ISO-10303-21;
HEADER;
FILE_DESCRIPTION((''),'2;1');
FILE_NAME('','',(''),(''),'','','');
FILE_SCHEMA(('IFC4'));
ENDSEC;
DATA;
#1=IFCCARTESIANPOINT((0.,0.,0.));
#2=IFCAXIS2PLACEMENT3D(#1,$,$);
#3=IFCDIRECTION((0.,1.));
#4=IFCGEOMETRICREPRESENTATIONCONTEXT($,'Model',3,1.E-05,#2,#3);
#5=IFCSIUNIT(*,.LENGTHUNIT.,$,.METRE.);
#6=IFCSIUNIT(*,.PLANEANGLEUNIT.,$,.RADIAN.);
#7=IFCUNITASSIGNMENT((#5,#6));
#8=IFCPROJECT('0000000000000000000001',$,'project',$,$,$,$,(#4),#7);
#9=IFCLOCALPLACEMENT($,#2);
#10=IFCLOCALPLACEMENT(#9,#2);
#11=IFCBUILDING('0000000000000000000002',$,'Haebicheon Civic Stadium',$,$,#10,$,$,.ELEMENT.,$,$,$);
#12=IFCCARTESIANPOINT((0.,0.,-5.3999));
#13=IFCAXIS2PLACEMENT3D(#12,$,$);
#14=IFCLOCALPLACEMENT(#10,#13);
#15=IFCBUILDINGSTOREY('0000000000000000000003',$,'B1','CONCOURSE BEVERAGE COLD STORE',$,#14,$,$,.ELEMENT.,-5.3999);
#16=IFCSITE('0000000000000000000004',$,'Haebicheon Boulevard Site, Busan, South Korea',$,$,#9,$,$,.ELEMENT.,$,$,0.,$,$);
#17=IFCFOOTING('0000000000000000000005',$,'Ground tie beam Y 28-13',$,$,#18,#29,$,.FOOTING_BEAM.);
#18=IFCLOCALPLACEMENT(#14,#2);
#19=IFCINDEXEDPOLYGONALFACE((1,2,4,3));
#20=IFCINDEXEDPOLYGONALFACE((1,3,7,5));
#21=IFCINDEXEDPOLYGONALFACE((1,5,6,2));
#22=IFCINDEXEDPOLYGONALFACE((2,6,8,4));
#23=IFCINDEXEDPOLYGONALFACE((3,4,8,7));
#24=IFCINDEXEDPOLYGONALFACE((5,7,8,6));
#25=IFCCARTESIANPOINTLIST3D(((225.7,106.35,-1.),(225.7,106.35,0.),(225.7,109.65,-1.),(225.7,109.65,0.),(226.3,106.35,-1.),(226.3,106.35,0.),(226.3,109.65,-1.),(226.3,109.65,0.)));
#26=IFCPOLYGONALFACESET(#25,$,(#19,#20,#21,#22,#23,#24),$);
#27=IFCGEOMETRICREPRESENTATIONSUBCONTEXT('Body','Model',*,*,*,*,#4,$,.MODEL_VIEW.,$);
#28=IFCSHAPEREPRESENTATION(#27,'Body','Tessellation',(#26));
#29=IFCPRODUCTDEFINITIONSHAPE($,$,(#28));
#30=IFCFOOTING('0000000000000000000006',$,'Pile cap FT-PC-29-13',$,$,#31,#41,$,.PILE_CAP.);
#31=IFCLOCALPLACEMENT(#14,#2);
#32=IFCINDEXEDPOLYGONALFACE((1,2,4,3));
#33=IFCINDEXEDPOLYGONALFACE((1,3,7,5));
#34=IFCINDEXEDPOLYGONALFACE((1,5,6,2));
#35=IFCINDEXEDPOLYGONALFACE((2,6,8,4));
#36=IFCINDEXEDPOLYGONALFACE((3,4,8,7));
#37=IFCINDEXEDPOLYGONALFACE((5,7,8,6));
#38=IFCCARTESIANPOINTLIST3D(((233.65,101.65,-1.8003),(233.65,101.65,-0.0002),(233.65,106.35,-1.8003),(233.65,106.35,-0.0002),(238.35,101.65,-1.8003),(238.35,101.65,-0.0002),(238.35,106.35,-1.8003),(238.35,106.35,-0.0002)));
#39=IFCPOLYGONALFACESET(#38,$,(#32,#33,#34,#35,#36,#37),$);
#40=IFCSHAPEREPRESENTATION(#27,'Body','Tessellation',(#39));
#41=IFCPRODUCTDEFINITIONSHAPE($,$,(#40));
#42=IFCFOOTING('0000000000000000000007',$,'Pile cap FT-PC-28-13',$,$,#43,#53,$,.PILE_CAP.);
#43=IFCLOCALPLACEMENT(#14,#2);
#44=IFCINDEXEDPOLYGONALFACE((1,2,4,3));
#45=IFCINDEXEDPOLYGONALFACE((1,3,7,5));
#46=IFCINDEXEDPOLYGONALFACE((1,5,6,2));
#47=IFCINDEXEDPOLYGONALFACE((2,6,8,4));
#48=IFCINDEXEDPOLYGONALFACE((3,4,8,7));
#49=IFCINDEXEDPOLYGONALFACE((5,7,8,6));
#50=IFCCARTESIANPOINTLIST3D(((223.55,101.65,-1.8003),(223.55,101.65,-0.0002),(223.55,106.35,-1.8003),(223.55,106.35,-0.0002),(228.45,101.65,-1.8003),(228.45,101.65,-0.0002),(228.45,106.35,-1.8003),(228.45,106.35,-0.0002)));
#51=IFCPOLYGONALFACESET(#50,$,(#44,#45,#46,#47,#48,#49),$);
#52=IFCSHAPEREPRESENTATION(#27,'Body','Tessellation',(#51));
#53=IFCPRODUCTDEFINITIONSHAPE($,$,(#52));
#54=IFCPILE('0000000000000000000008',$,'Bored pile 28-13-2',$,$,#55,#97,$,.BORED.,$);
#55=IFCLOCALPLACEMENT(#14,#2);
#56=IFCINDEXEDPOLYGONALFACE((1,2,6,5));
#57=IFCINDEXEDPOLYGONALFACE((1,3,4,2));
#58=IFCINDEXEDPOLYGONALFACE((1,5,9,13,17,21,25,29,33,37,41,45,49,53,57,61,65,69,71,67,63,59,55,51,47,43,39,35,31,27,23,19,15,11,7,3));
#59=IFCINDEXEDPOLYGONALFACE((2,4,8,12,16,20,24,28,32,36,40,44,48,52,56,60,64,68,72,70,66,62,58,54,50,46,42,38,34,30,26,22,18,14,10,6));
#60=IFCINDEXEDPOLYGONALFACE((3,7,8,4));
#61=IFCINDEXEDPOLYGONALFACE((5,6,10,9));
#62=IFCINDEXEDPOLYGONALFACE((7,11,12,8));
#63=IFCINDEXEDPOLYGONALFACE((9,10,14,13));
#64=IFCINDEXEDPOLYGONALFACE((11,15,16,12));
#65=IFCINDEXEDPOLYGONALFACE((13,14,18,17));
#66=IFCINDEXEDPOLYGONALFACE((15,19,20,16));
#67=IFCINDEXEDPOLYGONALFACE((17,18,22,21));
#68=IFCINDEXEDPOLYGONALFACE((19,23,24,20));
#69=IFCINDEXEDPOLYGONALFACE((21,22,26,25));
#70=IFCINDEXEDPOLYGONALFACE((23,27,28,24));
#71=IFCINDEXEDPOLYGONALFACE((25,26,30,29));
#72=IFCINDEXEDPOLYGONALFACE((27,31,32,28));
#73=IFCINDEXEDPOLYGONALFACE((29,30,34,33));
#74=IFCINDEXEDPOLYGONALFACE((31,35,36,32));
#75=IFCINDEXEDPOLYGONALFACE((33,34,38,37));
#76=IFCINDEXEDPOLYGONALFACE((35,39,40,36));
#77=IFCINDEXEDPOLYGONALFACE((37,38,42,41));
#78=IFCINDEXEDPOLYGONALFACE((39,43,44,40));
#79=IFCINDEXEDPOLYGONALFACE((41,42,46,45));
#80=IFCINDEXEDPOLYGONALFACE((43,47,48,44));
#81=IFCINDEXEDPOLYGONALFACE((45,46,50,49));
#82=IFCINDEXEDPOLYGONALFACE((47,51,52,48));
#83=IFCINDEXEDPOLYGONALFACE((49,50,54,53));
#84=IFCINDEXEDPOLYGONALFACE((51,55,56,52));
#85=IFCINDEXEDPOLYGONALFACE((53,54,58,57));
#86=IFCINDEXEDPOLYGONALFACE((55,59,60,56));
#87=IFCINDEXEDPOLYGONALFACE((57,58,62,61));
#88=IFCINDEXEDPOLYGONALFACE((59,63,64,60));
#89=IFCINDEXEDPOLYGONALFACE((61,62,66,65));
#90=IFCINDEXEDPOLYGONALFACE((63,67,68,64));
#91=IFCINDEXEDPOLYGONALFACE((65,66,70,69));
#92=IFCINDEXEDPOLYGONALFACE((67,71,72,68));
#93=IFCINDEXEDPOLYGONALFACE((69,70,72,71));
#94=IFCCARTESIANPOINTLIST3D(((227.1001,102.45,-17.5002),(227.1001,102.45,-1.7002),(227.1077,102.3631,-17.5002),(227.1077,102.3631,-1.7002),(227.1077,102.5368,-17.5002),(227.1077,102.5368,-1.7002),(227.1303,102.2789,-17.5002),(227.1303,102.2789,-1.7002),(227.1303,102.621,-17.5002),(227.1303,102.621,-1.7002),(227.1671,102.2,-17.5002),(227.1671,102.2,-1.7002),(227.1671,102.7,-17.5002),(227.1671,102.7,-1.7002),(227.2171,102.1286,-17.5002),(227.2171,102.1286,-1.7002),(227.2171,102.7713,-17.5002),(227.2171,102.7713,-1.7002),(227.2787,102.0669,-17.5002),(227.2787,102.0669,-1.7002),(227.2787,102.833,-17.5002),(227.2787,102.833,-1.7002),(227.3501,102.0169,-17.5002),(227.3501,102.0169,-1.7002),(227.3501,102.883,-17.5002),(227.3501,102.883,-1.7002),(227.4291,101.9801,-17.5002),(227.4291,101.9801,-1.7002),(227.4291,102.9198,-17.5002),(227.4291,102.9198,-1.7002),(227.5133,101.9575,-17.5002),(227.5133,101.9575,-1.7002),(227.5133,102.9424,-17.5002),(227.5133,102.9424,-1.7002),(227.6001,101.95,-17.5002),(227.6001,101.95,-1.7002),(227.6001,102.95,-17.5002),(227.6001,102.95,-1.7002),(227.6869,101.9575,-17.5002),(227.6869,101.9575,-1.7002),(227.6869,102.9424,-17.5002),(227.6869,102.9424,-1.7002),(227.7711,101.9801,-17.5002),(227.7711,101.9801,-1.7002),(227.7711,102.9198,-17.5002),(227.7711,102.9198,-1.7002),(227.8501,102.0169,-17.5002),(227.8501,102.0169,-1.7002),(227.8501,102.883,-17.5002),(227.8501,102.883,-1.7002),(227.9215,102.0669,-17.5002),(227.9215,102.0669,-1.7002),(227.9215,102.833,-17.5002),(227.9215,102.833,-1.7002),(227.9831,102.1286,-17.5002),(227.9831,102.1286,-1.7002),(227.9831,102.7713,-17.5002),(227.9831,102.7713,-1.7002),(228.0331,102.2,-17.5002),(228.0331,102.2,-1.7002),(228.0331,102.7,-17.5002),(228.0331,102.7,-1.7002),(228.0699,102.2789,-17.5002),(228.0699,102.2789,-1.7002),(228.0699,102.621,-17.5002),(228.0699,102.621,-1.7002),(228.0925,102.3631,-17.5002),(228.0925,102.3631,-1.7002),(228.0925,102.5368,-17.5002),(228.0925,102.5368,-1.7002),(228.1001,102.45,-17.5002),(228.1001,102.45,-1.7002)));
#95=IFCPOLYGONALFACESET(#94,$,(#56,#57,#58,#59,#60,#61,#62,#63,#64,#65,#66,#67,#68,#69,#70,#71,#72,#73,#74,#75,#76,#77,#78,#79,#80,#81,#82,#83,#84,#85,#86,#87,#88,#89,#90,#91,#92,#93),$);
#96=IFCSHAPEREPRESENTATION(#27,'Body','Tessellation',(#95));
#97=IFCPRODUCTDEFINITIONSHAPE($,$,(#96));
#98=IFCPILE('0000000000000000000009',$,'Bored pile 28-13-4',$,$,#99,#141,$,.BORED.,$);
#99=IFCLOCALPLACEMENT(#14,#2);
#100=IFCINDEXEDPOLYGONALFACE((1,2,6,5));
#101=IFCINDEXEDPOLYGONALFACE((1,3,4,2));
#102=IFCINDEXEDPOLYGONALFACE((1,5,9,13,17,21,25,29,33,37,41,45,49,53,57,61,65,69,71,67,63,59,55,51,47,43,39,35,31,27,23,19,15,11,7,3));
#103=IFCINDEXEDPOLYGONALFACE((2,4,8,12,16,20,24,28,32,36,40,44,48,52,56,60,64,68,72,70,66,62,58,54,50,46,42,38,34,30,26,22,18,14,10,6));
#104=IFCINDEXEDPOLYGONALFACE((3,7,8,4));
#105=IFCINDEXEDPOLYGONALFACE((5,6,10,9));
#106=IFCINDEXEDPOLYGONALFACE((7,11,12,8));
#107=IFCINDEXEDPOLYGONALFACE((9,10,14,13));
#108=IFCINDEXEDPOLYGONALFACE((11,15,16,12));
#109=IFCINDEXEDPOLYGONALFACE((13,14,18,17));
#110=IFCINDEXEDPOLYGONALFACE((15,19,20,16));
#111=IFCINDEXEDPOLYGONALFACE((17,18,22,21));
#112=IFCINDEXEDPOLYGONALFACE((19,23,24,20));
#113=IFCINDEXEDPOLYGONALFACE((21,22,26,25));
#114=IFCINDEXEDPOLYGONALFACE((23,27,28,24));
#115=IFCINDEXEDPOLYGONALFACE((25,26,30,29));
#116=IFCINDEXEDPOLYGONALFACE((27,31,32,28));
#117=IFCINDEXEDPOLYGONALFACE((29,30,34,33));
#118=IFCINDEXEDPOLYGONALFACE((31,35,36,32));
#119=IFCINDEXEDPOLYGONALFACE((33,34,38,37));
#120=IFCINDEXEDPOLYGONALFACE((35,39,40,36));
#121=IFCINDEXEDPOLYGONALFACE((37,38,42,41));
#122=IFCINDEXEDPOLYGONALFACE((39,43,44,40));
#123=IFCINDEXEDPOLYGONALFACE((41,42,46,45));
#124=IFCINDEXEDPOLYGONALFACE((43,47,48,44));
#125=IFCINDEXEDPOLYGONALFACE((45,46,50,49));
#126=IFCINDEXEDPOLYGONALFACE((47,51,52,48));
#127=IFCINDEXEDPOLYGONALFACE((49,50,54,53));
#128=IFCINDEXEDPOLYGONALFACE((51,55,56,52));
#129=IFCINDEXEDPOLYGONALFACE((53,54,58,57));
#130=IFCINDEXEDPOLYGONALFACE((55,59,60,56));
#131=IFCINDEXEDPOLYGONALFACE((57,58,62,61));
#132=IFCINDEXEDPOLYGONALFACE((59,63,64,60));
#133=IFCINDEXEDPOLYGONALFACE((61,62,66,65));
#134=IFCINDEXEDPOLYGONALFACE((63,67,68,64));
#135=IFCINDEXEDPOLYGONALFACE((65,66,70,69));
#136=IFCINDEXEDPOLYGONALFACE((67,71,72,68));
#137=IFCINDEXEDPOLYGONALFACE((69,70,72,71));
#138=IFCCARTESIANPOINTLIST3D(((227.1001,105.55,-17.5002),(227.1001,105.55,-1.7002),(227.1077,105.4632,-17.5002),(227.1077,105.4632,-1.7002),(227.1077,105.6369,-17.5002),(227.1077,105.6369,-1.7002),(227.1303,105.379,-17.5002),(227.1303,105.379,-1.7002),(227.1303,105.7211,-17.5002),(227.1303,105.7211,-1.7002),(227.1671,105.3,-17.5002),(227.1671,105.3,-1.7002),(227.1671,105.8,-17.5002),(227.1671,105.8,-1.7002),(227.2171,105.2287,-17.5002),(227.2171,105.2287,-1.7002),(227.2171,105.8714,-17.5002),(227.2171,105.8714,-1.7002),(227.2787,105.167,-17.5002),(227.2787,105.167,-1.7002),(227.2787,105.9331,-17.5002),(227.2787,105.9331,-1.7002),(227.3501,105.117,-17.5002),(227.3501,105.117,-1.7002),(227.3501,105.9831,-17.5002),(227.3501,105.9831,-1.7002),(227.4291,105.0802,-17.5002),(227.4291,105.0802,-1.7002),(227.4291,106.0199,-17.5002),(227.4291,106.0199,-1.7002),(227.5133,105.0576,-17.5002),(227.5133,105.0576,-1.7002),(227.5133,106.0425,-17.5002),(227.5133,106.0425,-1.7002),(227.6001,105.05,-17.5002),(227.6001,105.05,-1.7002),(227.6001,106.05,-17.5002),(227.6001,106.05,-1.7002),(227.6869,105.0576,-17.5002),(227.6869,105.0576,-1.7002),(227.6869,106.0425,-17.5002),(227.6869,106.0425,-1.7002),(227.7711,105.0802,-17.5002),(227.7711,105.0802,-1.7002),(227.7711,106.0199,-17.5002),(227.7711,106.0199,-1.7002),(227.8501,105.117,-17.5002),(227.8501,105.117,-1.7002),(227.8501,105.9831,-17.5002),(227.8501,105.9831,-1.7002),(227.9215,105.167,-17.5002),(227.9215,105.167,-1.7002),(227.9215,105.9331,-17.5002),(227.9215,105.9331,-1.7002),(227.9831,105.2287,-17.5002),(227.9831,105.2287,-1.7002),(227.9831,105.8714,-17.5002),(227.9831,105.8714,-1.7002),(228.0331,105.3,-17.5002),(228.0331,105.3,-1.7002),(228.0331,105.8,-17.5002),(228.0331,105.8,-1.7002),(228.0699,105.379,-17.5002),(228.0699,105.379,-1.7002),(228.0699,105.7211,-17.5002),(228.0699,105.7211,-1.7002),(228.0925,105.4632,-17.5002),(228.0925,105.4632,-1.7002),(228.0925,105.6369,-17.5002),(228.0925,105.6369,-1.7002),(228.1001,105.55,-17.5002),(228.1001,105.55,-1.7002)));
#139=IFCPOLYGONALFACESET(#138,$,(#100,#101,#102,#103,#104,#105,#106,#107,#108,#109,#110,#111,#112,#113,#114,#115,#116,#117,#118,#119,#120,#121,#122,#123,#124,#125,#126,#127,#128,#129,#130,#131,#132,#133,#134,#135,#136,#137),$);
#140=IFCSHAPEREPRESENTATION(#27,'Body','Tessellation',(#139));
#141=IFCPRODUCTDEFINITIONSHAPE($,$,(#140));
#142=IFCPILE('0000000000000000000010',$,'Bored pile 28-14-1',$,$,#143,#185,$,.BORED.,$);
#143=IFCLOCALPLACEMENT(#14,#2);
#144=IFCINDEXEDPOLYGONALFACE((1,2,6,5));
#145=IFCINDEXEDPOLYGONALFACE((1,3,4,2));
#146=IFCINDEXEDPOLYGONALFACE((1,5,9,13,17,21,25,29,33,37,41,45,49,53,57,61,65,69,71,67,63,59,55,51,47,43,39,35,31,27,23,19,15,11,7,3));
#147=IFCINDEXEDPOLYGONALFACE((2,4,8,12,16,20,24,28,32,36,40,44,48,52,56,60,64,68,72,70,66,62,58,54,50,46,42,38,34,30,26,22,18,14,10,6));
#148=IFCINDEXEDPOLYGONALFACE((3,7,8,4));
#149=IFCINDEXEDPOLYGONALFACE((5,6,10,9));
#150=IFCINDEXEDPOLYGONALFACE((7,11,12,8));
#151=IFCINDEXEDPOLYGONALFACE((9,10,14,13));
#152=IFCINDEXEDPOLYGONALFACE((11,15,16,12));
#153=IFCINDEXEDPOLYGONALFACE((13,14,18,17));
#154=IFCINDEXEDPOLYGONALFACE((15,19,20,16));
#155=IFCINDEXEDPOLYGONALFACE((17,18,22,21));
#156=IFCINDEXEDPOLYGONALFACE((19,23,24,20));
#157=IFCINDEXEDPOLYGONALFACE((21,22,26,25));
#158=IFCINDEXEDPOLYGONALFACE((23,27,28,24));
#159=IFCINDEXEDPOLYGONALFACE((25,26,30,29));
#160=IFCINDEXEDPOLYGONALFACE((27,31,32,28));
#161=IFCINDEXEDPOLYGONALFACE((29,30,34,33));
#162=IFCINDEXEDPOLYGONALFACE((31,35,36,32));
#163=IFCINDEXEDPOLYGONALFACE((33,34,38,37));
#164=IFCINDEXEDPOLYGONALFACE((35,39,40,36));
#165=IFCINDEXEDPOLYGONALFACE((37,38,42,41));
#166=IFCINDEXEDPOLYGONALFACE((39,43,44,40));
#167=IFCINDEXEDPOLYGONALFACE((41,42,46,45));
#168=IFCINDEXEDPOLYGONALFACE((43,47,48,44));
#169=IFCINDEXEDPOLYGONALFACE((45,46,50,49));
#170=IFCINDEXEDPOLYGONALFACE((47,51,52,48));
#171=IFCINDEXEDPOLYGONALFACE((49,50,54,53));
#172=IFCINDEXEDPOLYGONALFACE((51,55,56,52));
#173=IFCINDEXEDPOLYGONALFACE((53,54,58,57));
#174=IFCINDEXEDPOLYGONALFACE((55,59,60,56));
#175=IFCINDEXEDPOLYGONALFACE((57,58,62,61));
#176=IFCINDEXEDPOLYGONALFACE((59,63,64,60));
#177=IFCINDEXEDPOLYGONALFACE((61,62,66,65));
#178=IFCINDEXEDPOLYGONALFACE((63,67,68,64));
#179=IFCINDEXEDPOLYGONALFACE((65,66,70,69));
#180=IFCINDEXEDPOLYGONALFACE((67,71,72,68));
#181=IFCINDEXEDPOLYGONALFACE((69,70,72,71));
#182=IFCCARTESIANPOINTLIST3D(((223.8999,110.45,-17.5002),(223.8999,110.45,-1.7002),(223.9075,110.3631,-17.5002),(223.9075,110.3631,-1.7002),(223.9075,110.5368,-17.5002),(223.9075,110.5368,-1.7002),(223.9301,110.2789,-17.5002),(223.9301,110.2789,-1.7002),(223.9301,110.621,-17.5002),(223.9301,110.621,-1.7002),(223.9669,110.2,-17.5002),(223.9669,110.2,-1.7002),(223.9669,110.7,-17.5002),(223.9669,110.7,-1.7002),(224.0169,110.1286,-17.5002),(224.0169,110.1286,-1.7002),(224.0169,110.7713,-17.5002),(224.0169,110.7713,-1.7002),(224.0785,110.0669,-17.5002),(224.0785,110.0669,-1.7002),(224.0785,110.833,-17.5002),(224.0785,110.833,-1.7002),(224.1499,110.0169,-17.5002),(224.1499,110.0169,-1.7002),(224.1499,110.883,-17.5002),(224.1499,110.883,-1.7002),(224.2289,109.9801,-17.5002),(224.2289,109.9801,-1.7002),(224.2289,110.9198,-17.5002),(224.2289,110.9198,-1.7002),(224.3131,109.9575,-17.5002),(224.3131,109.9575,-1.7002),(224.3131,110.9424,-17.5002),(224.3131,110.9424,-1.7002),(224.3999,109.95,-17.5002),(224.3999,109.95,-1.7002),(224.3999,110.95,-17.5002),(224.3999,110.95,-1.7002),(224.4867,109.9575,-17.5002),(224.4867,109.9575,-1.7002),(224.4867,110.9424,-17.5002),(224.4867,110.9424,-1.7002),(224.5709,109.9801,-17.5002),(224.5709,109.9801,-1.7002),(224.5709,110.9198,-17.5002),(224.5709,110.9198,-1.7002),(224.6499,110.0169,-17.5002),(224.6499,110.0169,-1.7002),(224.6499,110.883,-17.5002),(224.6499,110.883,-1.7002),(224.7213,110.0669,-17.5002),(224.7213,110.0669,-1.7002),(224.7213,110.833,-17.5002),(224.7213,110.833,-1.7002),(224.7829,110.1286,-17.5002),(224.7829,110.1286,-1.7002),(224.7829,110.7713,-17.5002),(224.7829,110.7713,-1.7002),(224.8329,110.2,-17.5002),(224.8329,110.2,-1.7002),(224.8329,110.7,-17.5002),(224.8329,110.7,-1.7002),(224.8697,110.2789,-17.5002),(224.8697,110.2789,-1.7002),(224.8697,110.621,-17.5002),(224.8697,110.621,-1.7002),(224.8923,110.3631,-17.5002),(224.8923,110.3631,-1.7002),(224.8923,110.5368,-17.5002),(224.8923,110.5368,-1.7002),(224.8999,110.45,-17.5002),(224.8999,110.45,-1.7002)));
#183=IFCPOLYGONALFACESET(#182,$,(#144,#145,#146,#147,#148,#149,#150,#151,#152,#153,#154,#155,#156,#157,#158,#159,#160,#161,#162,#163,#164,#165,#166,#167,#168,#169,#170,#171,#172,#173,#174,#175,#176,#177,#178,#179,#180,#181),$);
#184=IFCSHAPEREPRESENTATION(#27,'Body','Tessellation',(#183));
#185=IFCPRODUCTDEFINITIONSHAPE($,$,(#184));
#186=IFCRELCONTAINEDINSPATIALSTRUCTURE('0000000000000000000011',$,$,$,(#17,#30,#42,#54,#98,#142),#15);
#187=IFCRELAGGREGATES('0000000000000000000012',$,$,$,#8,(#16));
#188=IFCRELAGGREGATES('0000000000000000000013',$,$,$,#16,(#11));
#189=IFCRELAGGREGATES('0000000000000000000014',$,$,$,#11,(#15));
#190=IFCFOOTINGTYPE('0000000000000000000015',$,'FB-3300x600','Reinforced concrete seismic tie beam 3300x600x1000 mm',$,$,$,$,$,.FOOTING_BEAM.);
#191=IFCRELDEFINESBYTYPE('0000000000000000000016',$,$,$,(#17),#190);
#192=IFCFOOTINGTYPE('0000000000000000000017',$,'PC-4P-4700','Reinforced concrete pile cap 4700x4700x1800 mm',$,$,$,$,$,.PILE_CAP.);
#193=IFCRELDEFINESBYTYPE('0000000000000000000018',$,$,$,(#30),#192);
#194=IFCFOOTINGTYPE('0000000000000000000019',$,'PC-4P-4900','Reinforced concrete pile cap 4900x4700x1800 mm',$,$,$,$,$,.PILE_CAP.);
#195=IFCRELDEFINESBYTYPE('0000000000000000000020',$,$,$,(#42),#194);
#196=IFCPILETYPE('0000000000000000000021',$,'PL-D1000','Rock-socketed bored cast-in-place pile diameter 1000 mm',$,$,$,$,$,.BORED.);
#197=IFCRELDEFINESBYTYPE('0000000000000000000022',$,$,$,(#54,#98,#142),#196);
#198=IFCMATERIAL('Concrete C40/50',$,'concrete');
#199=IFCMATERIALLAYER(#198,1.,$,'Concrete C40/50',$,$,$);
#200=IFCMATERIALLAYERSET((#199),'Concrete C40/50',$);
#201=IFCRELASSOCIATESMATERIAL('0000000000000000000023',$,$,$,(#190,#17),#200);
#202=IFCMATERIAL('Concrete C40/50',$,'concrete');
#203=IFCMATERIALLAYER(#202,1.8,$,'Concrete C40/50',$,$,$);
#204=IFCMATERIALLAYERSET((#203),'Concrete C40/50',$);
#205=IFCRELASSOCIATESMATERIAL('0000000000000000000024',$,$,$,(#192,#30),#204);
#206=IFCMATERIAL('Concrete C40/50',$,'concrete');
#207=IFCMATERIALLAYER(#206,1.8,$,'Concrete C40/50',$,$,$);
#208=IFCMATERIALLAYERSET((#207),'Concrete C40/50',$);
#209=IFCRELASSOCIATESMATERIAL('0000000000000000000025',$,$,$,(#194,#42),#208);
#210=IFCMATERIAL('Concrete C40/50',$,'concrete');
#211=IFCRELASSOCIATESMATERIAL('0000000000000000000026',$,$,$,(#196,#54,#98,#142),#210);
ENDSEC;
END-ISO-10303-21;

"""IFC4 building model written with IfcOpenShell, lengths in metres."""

from ifc_helpers import new_model, si_unit, direction, frame, origin, origin_2d, place, context, subcontext, project, spatial, rectangle, circle, extrude, material, layer, layer_set, material_profile, profile_set, type_object, element, save


model = new_model("IFC4")

# Units and contexts
model_context = context("Model", 3, precision=1e-05, world=origin(), true_north=direction((0.0, 1.0)))
body_context = subcontext(model_context, "Body", "Model", "MODEL_VIEW")
ifc_project = project(units=[si_unit("LENGTHUNIT", "METRE"), si_unit("PLANEANGLEUNIT", "RADIAN")], contexts=[model_context])

# Site, building, storey
site_placement = place(None, origin())
site = spatial("IfcSite", under=ifc_project, at=site_placement, Name="Haebicheon Boulevard Site, Busan, South Korea", CompositionType="ELEMENT", RefElevation=0.0)
building_placement = place(site_placement, origin())
building = spatial("IfcBuilding", under=site, at=building_placement, Name="Haebicheon Civic Stadium", CompositionType="ELEMENT")
storey_placement = place(building_placement, frame((0.0, 0.0, -5.3999)))
storey = spatial("IfcBuildingStorey", under=building, at=storey_placement, Name="B1", Description="CONCOURSE BEVERAGE COLD STORE", CompositionType="ELEMENT", Elevation=-5.3999)

# Footings
ifc_material_1 = material(Name="Concrete C40/50", Category="concrete")
ifc_layer_1 = layer(ifc_material_1, 1.0, Name="Concrete C40/50")
ifc_layer_set_1 = layer_set([ifc_layer_1], Name="Concrete C40/50")
footing_type_1 = type_object("IfcFootingType", Name="FB-3300x600", Description="Reinforced concrete seismic tie beam 3300x600x1000 mm", PredefinedType="FOOTING_BEAM", material=ifc_layer_set_1)
footing_1_placement = place(storey_placement, frame((226.0, 108.0, -1.0), z_axis=(0.0, 0.0, 1.0), x_axis=(0.0, 1.0, 0.0)))
element("IfcFooting", 1, at=footing_1_placement, inside=storey, type_object=footing_type_1, material=ifc_layer_set_1, Name="Ground tie beam Y 28-13", PredefinedType="FOOTING_BEAM", context=body_context, shape_type="SweptSolid", body=[
    extrude(rectangle(XDim=3.3, YDim=0.6001, at=origin_2d()), origin(), (0.0, 0.0, 1.0), 1.0),
])
ifc_material_2 = material(Name="Concrete C40/50", Category="concrete")
ifc_layer_2 = layer(ifc_material_2, 1.8, Name="Concrete C40/50")
ifc_layer_set_2 = layer_set([ifc_layer_2], Name="Concrete C40/50")
footing_type_2 = type_object("IfcFootingType", Name="PC-4P-4700", Description="Reinforced concrete pile cap 4700x4700x1800 mm", PredefinedType="PILE_CAP", material=ifc_layer_set_2)
footing_2_placement = place(storey_placement, frame((236.0, 104.0, -1.8003), z_axis=(0.0, 0.0, 1.0), x_axis=(1.0, 0.0, 0.0)))
element("IfcFooting", 2, at=footing_2_placement, inside=storey, type_object=footing_type_2, material=ifc_layer_set_2, Name="Pile cap FT-PC-29-13", PredefinedType="PILE_CAP", context=body_context, shape_type="SweptSolid", body=[
    extrude(rectangle(XDim=4.7, YDim=4.7, at=origin_2d()), origin(), (0.0, 0.0, 1.0), 1.8),
])
ifc_material_3 = material(Name="Concrete C40/50", Category="concrete")
ifc_layer_3 = layer(ifc_material_3, 1.8, Name="Concrete C40/50")
ifc_layer_set_3 = layer_set([ifc_layer_3], Name="Concrete C40/50")
footing_type_3 = type_object("IfcFootingType", Name="PC-4P-4900", Description="Reinforced concrete pile cap 4900x4700x1800 mm", PredefinedType="PILE_CAP", material=ifc_layer_set_3)
footing_3_placement = place(storey_placement, frame((226.0, 104.0, -1.8003), z_axis=(0.0, 0.0, 1.0), x_axis=(1.0, 0.0, 0.0)))
element("IfcFooting", 3, at=footing_3_placement, inside=storey, type_object=footing_type_3, material=ifc_layer_set_3, Name="Pile cap FT-PC-28-13", PredefinedType="PILE_CAP", context=body_context, shape_type="SweptSolid", body=[
    extrude(rectangle(XDim=4.8999, YDim=4.7, at=origin_2d()), origin(), (0.0, 0.0, 1.0), 1.8),
])

# Piles
ifc_material_4 = material(Name="Concrete C40/50", Category="concrete")
ifc_material_profile_1 = material_profile(ifc_material_4, circle(Radius=0.5, at=origin_2d()), Name="PILE-D1000")
ifc_profile_set_1 = profile_set([ifc_material_profile_1], Name="Concrete C40/50")
pile_type = type_object("IfcPileType", Name="PL-D1000", Description="Rock-socketed bored cast-in-place pile diameter 1000 mm", PredefinedType="BORED", material=ifc_profile_set_1)
for number, where, z_axis, x_axis, name in (
    (4, (227.6001, 102.45, -1.7002), (0.0, 0.0, -1.0), (1.0, 0.0, 0.0), "Bored pile 28-13-2"),
    (5, (227.6001, 105.55, -1.7002), (0.0, 0.0, -1.0), (1.0, 0.0, 0.0), "Bored pile 28-13-4"),
    (6, (224.3999, 110.45, -1.7002), (0.0, 0.0, -1.0), (1.0, 0.0, 0.0), "Bored pile 28-14-1"),
):
    element("IfcPile", number, at=place(storey_placement, frame(where, z_axis=z_axis, x_axis=x_axis)), inside=storey, type_object=pile_type, material=ifc_profile_set_1, Name=name, PredefinedType="BORED", context=body_context, shape_type="SweptSolid", body=[
        extrude(circle(Radius=0.5, at=origin_2d()), origin(), (0.0, 0.0, 1.0), 15.8),
    ])

save(model, "model.ifc")
